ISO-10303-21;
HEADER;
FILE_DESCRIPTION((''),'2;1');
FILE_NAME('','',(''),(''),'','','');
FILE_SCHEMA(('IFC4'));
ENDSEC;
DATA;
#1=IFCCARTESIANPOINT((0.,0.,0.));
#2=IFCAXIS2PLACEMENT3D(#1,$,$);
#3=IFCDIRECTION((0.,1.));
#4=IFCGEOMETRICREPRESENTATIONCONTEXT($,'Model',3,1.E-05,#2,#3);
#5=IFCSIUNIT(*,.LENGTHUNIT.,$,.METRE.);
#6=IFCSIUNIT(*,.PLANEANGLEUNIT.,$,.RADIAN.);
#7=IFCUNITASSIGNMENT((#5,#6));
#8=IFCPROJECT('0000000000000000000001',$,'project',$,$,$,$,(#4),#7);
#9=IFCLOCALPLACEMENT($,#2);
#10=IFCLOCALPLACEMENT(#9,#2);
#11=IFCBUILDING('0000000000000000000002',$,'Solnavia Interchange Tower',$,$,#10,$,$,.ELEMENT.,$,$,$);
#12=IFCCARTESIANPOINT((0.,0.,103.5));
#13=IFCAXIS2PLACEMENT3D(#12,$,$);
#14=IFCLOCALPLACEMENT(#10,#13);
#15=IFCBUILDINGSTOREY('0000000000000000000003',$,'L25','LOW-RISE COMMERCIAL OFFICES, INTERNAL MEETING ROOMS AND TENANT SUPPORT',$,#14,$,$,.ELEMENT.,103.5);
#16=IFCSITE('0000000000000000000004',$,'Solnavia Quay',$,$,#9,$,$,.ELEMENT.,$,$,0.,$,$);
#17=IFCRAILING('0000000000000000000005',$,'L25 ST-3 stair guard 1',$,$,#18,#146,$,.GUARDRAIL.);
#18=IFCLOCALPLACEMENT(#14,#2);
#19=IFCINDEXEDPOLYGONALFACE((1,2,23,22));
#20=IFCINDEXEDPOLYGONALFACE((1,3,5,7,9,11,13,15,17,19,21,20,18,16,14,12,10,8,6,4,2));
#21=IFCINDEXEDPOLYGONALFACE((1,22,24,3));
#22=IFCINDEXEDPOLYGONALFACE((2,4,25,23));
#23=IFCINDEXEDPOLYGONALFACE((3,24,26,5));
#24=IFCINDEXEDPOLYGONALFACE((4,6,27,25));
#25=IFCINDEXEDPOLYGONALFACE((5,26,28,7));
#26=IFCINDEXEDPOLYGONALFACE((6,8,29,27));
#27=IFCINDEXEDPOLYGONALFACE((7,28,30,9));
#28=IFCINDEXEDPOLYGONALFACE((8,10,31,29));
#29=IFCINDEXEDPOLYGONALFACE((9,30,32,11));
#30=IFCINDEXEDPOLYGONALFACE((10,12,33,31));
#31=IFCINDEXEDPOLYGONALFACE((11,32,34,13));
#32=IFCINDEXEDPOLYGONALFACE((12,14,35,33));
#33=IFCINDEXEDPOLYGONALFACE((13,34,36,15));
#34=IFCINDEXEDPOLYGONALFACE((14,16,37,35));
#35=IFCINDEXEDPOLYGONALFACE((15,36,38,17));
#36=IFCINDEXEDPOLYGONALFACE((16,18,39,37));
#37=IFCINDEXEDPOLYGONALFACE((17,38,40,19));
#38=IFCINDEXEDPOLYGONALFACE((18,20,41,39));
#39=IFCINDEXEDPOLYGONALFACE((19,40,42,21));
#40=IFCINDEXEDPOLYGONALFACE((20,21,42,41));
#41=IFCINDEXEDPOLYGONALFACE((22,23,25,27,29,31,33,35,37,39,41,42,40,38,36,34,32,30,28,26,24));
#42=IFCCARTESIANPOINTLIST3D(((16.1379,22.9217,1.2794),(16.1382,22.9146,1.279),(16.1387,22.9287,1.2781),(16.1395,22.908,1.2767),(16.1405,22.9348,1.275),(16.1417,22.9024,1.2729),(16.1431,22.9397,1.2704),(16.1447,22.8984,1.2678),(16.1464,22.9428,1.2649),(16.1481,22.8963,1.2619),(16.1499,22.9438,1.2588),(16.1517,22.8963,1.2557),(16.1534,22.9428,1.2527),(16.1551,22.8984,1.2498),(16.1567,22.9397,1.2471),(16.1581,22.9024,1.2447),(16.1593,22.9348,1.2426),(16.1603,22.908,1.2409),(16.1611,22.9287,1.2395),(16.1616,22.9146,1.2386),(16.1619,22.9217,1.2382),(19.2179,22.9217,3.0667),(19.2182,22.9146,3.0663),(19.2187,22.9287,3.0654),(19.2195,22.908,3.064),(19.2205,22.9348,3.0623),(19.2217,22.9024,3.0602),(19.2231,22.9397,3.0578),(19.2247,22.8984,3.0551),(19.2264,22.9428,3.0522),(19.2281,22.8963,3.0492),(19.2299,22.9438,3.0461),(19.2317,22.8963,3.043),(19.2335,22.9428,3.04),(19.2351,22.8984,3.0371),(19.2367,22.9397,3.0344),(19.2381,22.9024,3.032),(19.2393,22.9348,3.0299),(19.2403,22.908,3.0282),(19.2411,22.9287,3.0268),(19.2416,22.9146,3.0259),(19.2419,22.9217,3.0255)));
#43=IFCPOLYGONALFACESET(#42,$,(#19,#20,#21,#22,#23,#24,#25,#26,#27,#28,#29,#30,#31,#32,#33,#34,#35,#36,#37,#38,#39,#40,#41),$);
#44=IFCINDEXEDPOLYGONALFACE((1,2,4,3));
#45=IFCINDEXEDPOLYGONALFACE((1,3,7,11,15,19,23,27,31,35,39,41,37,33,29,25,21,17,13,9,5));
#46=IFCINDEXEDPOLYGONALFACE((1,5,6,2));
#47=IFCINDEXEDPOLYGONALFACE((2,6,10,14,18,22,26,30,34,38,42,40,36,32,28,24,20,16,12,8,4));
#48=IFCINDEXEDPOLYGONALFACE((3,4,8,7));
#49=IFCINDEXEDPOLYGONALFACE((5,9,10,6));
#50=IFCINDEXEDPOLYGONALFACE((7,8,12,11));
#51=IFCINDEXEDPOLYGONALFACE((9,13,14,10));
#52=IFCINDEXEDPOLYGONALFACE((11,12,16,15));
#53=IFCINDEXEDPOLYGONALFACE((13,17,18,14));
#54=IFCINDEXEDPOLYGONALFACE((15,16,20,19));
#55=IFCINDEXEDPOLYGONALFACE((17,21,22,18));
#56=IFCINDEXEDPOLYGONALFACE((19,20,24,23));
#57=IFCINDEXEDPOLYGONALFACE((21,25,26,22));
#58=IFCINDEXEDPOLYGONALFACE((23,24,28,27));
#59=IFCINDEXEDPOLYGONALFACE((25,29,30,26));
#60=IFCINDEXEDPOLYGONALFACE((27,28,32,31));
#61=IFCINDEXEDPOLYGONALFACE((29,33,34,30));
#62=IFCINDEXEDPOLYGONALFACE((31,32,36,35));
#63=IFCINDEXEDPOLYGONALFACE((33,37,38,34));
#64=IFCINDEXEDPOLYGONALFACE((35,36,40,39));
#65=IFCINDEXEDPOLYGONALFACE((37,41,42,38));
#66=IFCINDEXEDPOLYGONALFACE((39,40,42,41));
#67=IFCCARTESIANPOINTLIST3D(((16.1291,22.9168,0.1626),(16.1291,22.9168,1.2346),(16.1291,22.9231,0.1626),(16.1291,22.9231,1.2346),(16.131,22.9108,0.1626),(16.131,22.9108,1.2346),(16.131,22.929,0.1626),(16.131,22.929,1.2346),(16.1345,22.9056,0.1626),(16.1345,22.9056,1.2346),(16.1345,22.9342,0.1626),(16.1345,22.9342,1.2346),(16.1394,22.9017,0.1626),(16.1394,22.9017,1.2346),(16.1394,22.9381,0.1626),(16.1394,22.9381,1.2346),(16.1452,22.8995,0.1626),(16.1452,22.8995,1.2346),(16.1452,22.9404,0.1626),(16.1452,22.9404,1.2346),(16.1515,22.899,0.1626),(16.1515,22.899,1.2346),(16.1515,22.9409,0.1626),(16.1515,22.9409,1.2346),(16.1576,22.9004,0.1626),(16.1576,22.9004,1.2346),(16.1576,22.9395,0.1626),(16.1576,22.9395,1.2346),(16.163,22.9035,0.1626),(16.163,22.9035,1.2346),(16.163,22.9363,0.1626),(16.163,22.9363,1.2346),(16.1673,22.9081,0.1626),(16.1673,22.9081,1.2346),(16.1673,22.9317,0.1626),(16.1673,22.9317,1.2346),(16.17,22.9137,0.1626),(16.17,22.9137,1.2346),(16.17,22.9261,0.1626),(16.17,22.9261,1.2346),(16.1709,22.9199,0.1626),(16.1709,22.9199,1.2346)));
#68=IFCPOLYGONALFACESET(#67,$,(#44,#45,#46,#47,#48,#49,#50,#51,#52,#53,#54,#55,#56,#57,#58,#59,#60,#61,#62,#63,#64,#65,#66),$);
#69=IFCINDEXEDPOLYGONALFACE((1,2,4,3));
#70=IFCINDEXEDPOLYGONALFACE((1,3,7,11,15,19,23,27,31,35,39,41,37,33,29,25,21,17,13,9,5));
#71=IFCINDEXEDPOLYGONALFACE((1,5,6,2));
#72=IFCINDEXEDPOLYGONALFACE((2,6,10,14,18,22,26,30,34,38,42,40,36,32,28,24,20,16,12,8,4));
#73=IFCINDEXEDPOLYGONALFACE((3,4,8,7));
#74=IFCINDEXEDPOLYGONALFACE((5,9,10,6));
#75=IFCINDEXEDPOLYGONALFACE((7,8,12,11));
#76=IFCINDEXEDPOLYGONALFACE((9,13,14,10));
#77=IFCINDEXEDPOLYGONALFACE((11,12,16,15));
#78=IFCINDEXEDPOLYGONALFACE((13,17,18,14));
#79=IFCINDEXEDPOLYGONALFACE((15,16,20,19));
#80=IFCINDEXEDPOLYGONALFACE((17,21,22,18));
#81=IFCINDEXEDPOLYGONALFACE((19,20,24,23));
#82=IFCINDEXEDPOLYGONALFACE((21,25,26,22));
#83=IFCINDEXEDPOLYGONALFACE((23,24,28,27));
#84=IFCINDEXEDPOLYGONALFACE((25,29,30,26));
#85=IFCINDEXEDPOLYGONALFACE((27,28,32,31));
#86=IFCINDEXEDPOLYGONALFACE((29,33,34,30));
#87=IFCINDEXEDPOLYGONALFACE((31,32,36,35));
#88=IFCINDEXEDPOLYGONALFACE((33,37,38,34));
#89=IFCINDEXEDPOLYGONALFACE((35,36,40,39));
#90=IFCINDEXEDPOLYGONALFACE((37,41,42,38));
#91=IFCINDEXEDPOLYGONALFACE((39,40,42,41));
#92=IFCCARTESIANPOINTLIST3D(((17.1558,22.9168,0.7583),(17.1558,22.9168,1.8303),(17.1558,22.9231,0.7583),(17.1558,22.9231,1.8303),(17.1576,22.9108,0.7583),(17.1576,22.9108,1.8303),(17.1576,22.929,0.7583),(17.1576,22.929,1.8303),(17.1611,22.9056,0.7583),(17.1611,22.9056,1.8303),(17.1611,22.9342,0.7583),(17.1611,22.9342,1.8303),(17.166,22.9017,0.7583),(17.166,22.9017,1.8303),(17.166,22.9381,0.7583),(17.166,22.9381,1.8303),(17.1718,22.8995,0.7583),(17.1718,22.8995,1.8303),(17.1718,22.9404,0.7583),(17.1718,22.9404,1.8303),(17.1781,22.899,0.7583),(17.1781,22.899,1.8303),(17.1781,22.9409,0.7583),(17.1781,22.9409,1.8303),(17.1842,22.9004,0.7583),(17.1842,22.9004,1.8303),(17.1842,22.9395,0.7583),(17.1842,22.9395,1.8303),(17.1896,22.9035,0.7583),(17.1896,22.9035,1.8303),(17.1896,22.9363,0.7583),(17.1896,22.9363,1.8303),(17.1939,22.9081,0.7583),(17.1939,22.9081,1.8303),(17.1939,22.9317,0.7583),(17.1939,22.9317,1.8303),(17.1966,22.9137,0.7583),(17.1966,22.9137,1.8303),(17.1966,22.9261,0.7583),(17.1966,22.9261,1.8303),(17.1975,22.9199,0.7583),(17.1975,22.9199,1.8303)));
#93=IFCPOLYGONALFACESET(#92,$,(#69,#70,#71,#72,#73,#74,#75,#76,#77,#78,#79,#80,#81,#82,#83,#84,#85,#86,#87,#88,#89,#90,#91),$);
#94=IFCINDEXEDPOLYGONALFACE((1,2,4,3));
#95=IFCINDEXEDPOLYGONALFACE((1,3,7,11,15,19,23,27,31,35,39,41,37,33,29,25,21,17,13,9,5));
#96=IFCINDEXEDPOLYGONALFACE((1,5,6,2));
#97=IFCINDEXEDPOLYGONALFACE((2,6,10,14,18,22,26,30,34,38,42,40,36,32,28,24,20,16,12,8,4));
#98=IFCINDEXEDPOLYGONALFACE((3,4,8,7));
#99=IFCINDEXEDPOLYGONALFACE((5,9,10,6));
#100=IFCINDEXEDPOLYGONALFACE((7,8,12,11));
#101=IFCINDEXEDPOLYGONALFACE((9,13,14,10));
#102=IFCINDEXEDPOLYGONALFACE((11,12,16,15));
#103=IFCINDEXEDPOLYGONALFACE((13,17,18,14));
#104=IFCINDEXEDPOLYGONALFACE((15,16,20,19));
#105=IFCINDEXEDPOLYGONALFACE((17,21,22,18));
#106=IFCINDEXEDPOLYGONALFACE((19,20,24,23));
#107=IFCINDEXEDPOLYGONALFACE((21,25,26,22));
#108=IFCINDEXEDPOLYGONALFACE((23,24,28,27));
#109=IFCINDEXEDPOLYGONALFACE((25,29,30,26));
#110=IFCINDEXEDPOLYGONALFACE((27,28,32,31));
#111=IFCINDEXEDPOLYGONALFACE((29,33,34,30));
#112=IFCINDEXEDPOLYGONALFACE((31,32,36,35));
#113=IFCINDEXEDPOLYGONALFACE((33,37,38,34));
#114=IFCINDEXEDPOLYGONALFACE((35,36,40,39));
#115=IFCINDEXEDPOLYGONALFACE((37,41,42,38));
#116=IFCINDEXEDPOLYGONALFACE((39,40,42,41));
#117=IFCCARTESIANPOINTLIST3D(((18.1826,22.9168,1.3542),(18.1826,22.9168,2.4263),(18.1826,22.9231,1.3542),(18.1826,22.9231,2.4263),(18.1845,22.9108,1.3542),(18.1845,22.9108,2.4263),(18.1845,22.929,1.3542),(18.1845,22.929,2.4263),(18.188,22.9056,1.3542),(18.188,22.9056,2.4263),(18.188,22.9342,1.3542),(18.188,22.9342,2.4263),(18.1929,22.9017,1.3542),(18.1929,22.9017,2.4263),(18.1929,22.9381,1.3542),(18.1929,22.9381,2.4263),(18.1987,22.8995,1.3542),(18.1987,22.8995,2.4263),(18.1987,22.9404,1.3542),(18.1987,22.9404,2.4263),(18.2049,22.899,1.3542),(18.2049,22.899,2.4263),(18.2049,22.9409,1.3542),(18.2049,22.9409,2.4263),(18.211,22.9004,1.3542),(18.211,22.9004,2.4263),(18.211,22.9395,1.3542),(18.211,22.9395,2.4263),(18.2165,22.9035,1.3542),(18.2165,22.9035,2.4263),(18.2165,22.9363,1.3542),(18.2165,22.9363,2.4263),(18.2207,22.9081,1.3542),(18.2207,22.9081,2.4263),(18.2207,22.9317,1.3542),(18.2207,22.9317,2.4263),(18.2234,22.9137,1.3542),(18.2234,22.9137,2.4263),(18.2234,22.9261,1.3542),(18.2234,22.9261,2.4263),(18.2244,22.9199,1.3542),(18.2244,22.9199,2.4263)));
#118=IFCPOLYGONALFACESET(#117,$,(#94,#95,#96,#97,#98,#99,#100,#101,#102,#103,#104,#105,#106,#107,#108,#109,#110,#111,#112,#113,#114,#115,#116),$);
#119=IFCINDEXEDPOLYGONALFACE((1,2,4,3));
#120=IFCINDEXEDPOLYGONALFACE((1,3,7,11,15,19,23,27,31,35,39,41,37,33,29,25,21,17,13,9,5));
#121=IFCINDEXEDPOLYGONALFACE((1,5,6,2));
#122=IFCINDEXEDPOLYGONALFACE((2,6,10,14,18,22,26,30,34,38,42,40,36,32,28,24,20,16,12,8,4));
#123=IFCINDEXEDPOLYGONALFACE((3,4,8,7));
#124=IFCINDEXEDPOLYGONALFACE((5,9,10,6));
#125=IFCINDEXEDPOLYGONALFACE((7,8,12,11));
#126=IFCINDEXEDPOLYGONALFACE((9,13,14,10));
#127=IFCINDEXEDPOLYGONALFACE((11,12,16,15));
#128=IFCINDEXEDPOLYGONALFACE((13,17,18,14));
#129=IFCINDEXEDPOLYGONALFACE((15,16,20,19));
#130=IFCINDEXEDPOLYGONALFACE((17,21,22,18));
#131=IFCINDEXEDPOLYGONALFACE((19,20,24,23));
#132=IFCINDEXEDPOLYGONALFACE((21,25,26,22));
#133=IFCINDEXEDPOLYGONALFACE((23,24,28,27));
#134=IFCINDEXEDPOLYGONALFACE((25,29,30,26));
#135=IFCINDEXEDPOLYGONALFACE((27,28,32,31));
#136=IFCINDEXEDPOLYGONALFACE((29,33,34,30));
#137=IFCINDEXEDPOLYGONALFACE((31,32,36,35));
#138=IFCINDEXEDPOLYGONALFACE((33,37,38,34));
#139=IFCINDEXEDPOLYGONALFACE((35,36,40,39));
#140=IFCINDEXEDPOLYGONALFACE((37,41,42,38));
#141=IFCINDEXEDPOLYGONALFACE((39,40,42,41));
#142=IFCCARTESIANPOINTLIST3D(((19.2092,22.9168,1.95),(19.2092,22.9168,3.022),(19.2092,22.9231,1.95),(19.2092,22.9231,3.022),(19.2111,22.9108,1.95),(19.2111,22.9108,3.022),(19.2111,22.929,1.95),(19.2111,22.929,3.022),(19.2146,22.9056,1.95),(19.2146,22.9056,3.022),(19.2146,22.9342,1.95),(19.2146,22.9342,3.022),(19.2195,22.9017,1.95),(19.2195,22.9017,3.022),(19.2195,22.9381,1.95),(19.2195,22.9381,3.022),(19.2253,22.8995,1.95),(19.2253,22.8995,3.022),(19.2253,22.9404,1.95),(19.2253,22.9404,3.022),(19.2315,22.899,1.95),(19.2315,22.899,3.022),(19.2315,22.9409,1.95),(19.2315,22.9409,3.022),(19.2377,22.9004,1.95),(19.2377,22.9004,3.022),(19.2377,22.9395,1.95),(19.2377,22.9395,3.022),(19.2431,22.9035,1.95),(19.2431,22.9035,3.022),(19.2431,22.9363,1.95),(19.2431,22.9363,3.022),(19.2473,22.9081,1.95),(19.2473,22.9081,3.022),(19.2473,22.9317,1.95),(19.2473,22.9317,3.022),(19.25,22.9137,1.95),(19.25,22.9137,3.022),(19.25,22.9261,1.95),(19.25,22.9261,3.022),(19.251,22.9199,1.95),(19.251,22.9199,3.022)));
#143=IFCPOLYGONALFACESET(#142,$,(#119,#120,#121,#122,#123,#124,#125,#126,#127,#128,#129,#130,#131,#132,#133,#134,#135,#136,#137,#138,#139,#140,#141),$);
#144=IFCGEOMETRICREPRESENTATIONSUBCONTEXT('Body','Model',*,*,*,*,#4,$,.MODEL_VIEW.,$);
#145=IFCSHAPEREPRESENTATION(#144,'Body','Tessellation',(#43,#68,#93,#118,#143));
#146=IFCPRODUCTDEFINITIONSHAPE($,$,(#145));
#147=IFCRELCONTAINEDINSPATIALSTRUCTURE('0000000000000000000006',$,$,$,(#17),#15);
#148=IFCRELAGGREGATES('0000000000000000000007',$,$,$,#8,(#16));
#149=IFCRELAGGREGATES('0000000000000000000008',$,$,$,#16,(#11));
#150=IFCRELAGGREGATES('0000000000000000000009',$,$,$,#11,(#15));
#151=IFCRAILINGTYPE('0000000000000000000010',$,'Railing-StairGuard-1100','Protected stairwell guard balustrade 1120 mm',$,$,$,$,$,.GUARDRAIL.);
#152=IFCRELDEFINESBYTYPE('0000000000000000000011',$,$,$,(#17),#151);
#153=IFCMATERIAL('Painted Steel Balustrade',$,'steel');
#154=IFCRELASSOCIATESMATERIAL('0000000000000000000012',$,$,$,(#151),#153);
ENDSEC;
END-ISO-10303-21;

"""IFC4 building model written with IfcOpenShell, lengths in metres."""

from ifc_helpers import new_model, si_unit, direction, frame, origin, origin_2d, place, context, subcontext, project, spatial, circle, extrude, material, type_object, element, save


model = new_model("IFC4")

# Units and contexts
model_context = context("Model", 3, precision=1e-05, world=origin(), true_north=direction((0.0, 1.0)))
body_context = subcontext(model_context, "Body", "Model", "MODEL_VIEW")
ifc_project = project(units=[si_unit("LENGTHUNIT", "METRE"), si_unit("PLANEANGLEUNIT", "RADIAN")], contexts=[model_context])

# Site, building, storey
site_placement = place(None, origin())
site = spatial("IfcSite", under=ifc_project, at=site_placement, Name="Solnavia Quay", CompositionType="ELEMENT", RefElevation=0.0)
building_placement = place(site_placement, origin())
building = spatial("IfcBuilding", under=site, at=building_placement, Name="Solnavia Interchange Tower", CompositionType="ELEMENT")
storey_placement = place(building_placement, frame((0.0, 0.0, 103.5)))
storey = spatial("IfcBuildingStorey", under=building, at=storey_placement, Name="L25", Description="LOW-RISE COMMERCIAL OFFICES, INTERNAL MEETING ROOMS AND TENANT SUPPORT", CompositionType="ELEMENT", Elevation=103.5)

# Railing
ifc_material_1 = material(Name="Painted Steel Balustrade", Category="steel")
railing_type_1 = type_object("IfcRailingType", Name="Railing-StairGuard-1100", Description="Protected stairwell guard balustrade 1120 mm", PredefinedType="GUARDRAIL", material=ifc_material_1)
railing_1_placement = place(storey_placement, frame((16.1499, 22.9199, 0.1626)))
element("IfcRailing", 1, at=railing_1_placement, inside=storey, type_object=railing_type_1, Name="L25 ST-3 stair guard 1", PredefinedType="GUARDRAIL", context=body_context, shape_type="SweptSolid", body=[
    extrude(circle(Radius=0.0239, at=origin_2d()), frame((0.0, 0.0, 1.0962), z_axis=(0.86492, 0.0, 0.501909), x_axis=(0.0, 1.0, 0.0)), (0.0, 0.0, 1.0), 3.561),
    extrude(circle(Radius=0.021, at=origin_2d()), origin(), (0.0, 0.0, 1.0), 1.072),
    extrude(circle(Radius=0.021, at=origin_2d()), frame((1.0266, 0.0, 0.5957)), (0.0, 0.0, 1.0), 1.072),
    extrude(circle(Radius=0.021, at=origin_2d()), frame((2.0535, 0.0, 1.1917)), (0.0, 0.0, 1.0), 1.072),
    extrude(circle(Radius=0.021, at=origin_2d()), frame((3.0801, 0.0, 1.7874)), (0.0, 0.0, 1.0), 1.072),
])

save(model, "model.ifc")
